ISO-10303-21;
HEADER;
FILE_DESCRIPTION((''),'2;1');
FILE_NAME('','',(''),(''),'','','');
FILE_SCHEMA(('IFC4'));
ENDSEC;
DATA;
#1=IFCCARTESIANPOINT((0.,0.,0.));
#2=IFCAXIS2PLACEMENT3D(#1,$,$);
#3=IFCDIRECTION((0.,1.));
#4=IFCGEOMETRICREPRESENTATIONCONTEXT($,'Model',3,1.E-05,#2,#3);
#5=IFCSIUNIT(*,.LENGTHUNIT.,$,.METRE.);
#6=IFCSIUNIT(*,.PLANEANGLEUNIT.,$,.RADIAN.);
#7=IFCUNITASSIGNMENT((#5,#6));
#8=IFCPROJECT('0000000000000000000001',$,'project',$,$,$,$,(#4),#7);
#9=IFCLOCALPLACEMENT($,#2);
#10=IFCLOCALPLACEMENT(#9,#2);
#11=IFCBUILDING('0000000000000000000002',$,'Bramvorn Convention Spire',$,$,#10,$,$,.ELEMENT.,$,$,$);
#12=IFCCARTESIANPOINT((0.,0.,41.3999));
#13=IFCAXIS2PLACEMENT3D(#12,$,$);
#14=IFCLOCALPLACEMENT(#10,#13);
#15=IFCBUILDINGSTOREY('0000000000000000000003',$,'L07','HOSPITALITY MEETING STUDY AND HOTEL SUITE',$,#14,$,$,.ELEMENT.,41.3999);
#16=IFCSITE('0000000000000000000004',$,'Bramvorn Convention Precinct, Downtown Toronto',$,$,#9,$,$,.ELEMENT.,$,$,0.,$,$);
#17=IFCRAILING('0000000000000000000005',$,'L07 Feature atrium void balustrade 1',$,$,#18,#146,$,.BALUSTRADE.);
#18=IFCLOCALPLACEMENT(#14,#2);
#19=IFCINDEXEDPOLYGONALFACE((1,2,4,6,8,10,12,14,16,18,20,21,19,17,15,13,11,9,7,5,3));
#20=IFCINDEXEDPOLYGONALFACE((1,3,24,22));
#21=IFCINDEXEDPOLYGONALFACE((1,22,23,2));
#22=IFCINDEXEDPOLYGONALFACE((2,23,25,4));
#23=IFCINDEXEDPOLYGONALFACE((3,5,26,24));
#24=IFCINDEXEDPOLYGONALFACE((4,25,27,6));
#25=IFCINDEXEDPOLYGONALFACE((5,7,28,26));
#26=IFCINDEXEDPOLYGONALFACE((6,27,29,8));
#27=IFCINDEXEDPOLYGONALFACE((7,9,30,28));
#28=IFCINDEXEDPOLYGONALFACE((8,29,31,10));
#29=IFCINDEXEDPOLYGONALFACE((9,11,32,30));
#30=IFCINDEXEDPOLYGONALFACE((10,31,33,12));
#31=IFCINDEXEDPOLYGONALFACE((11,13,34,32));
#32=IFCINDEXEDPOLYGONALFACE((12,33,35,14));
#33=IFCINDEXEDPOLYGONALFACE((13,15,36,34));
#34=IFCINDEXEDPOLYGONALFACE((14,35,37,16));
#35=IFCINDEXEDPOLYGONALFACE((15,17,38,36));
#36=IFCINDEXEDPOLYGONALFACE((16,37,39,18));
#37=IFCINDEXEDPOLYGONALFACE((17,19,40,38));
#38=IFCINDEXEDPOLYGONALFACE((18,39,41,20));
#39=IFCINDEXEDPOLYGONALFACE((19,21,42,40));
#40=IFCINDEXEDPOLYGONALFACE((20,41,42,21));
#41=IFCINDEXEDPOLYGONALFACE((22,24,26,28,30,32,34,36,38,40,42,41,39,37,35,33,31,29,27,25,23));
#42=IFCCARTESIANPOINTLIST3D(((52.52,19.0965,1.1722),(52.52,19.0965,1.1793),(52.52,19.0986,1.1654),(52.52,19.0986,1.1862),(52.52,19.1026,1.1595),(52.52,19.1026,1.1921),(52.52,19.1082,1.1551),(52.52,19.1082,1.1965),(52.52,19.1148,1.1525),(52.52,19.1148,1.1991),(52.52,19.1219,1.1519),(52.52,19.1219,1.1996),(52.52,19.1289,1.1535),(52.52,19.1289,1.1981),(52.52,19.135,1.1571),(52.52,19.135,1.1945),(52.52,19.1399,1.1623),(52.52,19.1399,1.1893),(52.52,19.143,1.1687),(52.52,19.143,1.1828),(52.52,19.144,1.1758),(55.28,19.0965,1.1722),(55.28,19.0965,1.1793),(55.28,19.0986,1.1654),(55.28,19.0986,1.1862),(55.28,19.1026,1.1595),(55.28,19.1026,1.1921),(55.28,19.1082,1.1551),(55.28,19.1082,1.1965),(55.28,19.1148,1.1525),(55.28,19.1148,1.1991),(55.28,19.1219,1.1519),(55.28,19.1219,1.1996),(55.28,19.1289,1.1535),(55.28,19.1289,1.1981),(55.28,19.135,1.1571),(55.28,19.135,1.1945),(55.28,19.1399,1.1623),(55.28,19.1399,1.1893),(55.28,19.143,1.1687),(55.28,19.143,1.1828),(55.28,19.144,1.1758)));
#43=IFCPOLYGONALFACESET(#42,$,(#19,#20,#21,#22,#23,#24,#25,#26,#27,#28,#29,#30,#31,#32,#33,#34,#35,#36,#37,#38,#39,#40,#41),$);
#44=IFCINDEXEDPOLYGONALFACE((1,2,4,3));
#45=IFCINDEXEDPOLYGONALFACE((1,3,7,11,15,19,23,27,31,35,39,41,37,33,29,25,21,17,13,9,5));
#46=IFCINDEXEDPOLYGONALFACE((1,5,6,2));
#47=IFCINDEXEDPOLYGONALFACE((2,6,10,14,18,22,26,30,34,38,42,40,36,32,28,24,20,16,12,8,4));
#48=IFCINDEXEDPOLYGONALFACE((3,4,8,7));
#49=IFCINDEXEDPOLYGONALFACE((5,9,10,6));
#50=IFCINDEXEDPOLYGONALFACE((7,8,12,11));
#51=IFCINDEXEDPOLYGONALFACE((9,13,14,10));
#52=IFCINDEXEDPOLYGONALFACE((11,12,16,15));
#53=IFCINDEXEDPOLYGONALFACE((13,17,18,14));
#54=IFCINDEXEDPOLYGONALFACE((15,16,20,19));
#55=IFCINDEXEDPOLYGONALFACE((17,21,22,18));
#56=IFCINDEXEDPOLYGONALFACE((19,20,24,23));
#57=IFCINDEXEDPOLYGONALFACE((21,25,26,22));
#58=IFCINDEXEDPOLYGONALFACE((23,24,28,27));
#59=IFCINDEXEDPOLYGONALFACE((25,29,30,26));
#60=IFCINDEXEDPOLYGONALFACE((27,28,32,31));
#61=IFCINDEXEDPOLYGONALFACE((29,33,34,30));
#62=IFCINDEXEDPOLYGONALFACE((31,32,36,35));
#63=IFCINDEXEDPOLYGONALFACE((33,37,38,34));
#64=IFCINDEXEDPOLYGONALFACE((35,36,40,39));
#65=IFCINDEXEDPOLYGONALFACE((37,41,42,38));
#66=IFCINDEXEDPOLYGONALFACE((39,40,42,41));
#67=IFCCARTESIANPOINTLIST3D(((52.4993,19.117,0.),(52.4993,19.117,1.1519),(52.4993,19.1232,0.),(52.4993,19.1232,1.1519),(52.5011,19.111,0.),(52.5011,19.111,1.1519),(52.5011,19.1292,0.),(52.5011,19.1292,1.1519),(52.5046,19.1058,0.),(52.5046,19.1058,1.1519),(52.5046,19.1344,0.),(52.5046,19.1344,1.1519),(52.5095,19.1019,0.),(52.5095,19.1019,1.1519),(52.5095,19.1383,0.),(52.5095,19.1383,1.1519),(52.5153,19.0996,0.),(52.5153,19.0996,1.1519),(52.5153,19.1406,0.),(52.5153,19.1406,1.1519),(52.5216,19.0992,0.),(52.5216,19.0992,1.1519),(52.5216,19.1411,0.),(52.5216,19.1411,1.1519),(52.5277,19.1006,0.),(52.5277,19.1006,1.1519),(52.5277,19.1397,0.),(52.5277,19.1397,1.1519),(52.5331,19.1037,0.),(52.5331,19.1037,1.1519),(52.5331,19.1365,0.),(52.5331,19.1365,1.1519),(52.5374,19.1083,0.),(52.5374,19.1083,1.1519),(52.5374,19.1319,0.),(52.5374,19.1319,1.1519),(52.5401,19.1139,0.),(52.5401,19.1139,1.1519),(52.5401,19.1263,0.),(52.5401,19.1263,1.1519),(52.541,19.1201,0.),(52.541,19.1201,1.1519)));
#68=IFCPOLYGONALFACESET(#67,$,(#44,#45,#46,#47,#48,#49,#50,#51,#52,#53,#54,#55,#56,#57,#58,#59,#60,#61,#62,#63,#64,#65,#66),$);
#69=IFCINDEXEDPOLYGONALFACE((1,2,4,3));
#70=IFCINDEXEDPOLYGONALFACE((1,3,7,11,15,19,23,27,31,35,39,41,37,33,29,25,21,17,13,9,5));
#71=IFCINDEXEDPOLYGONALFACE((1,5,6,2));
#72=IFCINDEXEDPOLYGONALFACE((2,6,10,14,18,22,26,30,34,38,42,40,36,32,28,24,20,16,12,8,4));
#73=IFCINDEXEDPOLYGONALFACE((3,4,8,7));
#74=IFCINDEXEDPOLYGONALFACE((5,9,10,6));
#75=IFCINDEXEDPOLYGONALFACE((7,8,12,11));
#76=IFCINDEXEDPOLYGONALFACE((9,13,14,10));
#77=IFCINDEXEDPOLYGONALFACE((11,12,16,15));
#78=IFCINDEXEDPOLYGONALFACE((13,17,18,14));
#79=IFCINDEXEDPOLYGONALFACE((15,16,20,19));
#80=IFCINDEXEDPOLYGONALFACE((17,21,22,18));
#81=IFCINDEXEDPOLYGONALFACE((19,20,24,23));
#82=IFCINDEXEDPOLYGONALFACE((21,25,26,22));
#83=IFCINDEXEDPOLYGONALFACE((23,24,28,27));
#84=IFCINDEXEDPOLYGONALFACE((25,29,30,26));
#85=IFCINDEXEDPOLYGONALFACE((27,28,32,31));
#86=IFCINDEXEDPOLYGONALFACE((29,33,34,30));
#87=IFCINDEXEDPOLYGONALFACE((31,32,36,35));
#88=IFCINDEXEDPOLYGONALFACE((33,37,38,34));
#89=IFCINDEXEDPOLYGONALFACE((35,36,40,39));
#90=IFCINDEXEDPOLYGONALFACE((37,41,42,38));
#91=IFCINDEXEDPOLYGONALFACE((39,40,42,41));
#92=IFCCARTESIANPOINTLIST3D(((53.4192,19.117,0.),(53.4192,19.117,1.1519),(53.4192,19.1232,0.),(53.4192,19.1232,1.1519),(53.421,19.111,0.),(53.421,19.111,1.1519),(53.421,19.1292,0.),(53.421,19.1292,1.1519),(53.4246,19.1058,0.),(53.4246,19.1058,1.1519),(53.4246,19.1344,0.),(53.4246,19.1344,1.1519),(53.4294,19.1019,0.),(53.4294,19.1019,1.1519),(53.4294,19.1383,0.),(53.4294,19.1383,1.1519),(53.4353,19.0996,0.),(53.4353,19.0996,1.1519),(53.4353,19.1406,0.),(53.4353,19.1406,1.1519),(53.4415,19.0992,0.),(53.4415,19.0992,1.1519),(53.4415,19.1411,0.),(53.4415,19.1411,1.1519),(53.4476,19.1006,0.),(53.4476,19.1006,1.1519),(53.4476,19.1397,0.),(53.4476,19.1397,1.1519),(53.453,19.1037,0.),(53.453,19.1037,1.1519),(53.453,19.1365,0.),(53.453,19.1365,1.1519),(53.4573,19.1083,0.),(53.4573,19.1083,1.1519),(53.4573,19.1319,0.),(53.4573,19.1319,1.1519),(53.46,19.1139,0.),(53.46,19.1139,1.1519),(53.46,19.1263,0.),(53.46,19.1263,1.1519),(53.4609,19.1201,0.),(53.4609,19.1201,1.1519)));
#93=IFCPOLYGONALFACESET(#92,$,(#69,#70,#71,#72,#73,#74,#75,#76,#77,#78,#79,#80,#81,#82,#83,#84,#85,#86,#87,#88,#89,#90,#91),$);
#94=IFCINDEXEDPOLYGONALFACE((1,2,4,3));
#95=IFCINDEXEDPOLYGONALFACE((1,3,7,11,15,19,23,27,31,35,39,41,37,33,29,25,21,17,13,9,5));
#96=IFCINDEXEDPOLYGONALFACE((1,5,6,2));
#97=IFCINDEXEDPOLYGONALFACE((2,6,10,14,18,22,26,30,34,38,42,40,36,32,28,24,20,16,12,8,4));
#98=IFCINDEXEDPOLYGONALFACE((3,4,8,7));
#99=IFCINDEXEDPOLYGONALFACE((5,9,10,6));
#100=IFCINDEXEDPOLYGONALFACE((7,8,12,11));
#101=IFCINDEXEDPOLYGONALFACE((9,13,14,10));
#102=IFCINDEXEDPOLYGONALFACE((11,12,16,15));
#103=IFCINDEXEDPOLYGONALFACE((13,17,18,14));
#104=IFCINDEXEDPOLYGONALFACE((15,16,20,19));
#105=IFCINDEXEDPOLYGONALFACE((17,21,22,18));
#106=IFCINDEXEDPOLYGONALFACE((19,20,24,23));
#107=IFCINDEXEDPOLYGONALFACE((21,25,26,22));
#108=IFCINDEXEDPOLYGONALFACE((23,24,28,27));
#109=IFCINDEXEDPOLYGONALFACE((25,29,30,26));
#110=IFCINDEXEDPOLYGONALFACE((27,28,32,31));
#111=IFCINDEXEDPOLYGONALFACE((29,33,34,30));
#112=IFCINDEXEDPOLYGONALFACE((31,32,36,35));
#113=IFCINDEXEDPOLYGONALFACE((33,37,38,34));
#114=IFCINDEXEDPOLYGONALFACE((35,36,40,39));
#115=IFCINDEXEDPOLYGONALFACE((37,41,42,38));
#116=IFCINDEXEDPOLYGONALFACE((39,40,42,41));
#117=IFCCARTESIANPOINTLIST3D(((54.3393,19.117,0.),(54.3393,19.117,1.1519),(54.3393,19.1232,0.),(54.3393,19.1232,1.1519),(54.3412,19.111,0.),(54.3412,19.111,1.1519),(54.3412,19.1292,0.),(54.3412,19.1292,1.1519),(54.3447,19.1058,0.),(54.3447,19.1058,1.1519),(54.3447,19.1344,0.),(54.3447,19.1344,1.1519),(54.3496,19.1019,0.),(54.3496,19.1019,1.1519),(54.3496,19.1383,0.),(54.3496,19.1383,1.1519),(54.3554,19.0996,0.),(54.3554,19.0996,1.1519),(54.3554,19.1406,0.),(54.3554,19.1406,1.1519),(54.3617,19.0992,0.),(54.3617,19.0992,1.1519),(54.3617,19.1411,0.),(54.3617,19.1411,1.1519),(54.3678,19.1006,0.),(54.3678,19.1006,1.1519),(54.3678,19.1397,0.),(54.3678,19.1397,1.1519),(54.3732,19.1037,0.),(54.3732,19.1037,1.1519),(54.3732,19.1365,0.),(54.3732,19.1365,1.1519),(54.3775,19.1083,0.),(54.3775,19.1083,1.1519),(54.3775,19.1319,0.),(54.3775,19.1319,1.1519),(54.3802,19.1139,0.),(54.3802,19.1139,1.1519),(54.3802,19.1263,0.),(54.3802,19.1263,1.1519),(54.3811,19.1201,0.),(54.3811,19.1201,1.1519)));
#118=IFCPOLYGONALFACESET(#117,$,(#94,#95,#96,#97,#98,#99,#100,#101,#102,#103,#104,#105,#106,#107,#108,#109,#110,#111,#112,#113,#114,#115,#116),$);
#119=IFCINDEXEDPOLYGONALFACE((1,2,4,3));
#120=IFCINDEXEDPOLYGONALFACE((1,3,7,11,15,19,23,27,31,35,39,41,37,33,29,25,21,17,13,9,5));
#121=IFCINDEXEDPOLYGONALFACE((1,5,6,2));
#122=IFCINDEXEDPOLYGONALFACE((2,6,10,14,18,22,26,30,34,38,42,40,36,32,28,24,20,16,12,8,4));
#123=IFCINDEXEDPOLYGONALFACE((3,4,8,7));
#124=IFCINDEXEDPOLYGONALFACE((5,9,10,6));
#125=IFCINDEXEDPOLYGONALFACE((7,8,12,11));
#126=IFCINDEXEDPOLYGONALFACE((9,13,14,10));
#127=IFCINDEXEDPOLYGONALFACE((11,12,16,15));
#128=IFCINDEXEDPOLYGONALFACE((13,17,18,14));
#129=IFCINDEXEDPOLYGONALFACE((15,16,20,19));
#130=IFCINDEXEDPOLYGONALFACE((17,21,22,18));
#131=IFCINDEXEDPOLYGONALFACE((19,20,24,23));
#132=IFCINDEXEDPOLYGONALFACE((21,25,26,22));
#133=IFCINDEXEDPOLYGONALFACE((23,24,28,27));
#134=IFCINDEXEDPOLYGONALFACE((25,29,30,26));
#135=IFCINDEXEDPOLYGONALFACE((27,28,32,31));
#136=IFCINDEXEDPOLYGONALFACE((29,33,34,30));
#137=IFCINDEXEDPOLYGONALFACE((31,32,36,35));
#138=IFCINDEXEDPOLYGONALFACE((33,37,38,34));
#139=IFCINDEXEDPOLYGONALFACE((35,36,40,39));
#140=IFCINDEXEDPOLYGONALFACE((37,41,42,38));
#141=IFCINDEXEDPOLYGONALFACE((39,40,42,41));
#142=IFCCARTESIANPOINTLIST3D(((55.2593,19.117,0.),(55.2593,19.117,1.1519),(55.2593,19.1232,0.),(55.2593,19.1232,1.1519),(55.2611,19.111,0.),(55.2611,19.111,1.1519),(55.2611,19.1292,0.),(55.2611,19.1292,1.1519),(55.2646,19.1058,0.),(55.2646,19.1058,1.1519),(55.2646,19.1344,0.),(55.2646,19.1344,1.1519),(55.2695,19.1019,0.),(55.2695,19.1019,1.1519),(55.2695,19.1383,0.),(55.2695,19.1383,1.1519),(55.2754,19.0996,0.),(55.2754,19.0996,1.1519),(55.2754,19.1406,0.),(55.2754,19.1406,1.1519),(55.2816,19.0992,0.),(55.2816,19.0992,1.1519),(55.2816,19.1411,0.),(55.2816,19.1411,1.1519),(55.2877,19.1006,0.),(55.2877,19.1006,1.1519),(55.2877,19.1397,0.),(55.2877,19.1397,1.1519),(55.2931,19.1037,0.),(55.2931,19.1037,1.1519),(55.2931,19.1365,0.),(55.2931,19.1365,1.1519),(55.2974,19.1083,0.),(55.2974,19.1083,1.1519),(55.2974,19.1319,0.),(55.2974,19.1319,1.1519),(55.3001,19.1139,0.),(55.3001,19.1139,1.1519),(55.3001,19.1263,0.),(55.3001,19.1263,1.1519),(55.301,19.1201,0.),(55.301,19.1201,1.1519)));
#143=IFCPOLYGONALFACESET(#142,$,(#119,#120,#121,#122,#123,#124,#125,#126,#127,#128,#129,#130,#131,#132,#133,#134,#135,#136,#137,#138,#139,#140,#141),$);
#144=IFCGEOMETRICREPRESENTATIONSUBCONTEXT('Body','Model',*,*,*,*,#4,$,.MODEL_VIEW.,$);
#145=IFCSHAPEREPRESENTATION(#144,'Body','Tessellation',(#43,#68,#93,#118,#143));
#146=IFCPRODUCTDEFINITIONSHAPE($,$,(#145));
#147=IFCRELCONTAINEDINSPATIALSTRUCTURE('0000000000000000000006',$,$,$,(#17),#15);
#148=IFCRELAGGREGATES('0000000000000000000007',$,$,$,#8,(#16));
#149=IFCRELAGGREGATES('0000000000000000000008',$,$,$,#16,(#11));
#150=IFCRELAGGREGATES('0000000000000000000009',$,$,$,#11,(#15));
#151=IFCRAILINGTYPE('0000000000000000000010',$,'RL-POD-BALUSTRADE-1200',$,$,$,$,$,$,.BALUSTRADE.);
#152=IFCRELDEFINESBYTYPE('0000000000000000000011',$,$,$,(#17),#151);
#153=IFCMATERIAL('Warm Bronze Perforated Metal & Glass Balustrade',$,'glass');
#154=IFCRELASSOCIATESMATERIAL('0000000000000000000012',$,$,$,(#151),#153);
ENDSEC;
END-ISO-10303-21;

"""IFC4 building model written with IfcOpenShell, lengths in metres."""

from ifc_helpers import new_model, si_unit, direction, frame, origin, origin_2d, place, context, subcontext, project, spatial, circle, extrude, material, type_object, element, save


model = new_model("IFC4")

# Units and contexts
model_context = context("Model", 3, precision=1e-05, world=origin(), true_north=direction((0.0, 1.0)))
body_context = subcontext(model_context, "Body", "Model", "MODEL_VIEW")
ifc_project = project(units=[si_unit("LENGTHUNIT", "METRE"), si_unit("PLANEANGLEUNIT", "RADIAN")], contexts=[model_context])

# Site, building, storey
site_placement = place(None, origin())
site = spatial("IfcSite", under=ifc_project, at=site_placement, Name="Bramvorn Convention Precinct, Downtown Toronto", CompositionType="ELEMENT", RefElevation=0.0)
building_placement = place(site_placement, origin())
building = spatial("IfcBuilding", under=site, at=building_placement, Name="Bramvorn Convention Spire", CompositionType="ELEMENT")
storey_placement = place(building_placement, frame((0.0, 0.0, 41.3999)))
storey = spatial("IfcBuildingStorey", under=building, at=storey_placement, Name="L07", Description="HOSPITALITY MEETING STUDY AND HOTEL SUITE", CompositionType="ELEMENT", Elevation=41.3999)

# Railing
ifc_material_1 = material(Name="Warm Bronze Perforated Metal & Glass Balustrade", Category="glass")
railing_type_1 = type_object("IfcRailingType", Name="RL-POD-BALUSTRADE-1200", PredefinedType="BALUSTRADE", material=ifc_material_1)
railing_1_placement = place(storey_placement, frame((52.52, 19.1201, 0.0)))
element("IfcRailing", 1, at=railing_1_placement, inside=storey, type_object=railing_type_1, Name="L07 Feature atrium void balustrade 1", PredefinedType="BALUSTRADE", context=body_context, shape_type="SweptSolid", body=[
    extrude(circle(Radius=0.0239, at=origin_2d()), frame((0.0, 0.0, 1.1758), z_axis=(1.0, 0.0, 0.0), x_axis=(0.0, 1.0, 0.0)), (0.0, 0.0, 1.0), 2.76),
    extrude(circle(Radius=0.021, at=origin_2d()), origin(), (0.0, 0.0, 1.0), 1.1519),
    extrude(circle(Radius=0.021, at=origin_2d()), frame((0.9199, 0.0, 0.0)), (0.0, 0.0, 1.0), 1.1519),
    extrude(circle(Radius=0.021, at=origin_2d()), frame((1.8401, 0.0, 0.0)), (0.0, 0.0, 1.0), 1.1519),
    extrude(circle(Radius=0.021, at=origin_2d()), frame((2.76, 0.0, 0.0)), (0.0, 0.0, 1.0), 1.1519),
])

save(model, "model.ifc")
